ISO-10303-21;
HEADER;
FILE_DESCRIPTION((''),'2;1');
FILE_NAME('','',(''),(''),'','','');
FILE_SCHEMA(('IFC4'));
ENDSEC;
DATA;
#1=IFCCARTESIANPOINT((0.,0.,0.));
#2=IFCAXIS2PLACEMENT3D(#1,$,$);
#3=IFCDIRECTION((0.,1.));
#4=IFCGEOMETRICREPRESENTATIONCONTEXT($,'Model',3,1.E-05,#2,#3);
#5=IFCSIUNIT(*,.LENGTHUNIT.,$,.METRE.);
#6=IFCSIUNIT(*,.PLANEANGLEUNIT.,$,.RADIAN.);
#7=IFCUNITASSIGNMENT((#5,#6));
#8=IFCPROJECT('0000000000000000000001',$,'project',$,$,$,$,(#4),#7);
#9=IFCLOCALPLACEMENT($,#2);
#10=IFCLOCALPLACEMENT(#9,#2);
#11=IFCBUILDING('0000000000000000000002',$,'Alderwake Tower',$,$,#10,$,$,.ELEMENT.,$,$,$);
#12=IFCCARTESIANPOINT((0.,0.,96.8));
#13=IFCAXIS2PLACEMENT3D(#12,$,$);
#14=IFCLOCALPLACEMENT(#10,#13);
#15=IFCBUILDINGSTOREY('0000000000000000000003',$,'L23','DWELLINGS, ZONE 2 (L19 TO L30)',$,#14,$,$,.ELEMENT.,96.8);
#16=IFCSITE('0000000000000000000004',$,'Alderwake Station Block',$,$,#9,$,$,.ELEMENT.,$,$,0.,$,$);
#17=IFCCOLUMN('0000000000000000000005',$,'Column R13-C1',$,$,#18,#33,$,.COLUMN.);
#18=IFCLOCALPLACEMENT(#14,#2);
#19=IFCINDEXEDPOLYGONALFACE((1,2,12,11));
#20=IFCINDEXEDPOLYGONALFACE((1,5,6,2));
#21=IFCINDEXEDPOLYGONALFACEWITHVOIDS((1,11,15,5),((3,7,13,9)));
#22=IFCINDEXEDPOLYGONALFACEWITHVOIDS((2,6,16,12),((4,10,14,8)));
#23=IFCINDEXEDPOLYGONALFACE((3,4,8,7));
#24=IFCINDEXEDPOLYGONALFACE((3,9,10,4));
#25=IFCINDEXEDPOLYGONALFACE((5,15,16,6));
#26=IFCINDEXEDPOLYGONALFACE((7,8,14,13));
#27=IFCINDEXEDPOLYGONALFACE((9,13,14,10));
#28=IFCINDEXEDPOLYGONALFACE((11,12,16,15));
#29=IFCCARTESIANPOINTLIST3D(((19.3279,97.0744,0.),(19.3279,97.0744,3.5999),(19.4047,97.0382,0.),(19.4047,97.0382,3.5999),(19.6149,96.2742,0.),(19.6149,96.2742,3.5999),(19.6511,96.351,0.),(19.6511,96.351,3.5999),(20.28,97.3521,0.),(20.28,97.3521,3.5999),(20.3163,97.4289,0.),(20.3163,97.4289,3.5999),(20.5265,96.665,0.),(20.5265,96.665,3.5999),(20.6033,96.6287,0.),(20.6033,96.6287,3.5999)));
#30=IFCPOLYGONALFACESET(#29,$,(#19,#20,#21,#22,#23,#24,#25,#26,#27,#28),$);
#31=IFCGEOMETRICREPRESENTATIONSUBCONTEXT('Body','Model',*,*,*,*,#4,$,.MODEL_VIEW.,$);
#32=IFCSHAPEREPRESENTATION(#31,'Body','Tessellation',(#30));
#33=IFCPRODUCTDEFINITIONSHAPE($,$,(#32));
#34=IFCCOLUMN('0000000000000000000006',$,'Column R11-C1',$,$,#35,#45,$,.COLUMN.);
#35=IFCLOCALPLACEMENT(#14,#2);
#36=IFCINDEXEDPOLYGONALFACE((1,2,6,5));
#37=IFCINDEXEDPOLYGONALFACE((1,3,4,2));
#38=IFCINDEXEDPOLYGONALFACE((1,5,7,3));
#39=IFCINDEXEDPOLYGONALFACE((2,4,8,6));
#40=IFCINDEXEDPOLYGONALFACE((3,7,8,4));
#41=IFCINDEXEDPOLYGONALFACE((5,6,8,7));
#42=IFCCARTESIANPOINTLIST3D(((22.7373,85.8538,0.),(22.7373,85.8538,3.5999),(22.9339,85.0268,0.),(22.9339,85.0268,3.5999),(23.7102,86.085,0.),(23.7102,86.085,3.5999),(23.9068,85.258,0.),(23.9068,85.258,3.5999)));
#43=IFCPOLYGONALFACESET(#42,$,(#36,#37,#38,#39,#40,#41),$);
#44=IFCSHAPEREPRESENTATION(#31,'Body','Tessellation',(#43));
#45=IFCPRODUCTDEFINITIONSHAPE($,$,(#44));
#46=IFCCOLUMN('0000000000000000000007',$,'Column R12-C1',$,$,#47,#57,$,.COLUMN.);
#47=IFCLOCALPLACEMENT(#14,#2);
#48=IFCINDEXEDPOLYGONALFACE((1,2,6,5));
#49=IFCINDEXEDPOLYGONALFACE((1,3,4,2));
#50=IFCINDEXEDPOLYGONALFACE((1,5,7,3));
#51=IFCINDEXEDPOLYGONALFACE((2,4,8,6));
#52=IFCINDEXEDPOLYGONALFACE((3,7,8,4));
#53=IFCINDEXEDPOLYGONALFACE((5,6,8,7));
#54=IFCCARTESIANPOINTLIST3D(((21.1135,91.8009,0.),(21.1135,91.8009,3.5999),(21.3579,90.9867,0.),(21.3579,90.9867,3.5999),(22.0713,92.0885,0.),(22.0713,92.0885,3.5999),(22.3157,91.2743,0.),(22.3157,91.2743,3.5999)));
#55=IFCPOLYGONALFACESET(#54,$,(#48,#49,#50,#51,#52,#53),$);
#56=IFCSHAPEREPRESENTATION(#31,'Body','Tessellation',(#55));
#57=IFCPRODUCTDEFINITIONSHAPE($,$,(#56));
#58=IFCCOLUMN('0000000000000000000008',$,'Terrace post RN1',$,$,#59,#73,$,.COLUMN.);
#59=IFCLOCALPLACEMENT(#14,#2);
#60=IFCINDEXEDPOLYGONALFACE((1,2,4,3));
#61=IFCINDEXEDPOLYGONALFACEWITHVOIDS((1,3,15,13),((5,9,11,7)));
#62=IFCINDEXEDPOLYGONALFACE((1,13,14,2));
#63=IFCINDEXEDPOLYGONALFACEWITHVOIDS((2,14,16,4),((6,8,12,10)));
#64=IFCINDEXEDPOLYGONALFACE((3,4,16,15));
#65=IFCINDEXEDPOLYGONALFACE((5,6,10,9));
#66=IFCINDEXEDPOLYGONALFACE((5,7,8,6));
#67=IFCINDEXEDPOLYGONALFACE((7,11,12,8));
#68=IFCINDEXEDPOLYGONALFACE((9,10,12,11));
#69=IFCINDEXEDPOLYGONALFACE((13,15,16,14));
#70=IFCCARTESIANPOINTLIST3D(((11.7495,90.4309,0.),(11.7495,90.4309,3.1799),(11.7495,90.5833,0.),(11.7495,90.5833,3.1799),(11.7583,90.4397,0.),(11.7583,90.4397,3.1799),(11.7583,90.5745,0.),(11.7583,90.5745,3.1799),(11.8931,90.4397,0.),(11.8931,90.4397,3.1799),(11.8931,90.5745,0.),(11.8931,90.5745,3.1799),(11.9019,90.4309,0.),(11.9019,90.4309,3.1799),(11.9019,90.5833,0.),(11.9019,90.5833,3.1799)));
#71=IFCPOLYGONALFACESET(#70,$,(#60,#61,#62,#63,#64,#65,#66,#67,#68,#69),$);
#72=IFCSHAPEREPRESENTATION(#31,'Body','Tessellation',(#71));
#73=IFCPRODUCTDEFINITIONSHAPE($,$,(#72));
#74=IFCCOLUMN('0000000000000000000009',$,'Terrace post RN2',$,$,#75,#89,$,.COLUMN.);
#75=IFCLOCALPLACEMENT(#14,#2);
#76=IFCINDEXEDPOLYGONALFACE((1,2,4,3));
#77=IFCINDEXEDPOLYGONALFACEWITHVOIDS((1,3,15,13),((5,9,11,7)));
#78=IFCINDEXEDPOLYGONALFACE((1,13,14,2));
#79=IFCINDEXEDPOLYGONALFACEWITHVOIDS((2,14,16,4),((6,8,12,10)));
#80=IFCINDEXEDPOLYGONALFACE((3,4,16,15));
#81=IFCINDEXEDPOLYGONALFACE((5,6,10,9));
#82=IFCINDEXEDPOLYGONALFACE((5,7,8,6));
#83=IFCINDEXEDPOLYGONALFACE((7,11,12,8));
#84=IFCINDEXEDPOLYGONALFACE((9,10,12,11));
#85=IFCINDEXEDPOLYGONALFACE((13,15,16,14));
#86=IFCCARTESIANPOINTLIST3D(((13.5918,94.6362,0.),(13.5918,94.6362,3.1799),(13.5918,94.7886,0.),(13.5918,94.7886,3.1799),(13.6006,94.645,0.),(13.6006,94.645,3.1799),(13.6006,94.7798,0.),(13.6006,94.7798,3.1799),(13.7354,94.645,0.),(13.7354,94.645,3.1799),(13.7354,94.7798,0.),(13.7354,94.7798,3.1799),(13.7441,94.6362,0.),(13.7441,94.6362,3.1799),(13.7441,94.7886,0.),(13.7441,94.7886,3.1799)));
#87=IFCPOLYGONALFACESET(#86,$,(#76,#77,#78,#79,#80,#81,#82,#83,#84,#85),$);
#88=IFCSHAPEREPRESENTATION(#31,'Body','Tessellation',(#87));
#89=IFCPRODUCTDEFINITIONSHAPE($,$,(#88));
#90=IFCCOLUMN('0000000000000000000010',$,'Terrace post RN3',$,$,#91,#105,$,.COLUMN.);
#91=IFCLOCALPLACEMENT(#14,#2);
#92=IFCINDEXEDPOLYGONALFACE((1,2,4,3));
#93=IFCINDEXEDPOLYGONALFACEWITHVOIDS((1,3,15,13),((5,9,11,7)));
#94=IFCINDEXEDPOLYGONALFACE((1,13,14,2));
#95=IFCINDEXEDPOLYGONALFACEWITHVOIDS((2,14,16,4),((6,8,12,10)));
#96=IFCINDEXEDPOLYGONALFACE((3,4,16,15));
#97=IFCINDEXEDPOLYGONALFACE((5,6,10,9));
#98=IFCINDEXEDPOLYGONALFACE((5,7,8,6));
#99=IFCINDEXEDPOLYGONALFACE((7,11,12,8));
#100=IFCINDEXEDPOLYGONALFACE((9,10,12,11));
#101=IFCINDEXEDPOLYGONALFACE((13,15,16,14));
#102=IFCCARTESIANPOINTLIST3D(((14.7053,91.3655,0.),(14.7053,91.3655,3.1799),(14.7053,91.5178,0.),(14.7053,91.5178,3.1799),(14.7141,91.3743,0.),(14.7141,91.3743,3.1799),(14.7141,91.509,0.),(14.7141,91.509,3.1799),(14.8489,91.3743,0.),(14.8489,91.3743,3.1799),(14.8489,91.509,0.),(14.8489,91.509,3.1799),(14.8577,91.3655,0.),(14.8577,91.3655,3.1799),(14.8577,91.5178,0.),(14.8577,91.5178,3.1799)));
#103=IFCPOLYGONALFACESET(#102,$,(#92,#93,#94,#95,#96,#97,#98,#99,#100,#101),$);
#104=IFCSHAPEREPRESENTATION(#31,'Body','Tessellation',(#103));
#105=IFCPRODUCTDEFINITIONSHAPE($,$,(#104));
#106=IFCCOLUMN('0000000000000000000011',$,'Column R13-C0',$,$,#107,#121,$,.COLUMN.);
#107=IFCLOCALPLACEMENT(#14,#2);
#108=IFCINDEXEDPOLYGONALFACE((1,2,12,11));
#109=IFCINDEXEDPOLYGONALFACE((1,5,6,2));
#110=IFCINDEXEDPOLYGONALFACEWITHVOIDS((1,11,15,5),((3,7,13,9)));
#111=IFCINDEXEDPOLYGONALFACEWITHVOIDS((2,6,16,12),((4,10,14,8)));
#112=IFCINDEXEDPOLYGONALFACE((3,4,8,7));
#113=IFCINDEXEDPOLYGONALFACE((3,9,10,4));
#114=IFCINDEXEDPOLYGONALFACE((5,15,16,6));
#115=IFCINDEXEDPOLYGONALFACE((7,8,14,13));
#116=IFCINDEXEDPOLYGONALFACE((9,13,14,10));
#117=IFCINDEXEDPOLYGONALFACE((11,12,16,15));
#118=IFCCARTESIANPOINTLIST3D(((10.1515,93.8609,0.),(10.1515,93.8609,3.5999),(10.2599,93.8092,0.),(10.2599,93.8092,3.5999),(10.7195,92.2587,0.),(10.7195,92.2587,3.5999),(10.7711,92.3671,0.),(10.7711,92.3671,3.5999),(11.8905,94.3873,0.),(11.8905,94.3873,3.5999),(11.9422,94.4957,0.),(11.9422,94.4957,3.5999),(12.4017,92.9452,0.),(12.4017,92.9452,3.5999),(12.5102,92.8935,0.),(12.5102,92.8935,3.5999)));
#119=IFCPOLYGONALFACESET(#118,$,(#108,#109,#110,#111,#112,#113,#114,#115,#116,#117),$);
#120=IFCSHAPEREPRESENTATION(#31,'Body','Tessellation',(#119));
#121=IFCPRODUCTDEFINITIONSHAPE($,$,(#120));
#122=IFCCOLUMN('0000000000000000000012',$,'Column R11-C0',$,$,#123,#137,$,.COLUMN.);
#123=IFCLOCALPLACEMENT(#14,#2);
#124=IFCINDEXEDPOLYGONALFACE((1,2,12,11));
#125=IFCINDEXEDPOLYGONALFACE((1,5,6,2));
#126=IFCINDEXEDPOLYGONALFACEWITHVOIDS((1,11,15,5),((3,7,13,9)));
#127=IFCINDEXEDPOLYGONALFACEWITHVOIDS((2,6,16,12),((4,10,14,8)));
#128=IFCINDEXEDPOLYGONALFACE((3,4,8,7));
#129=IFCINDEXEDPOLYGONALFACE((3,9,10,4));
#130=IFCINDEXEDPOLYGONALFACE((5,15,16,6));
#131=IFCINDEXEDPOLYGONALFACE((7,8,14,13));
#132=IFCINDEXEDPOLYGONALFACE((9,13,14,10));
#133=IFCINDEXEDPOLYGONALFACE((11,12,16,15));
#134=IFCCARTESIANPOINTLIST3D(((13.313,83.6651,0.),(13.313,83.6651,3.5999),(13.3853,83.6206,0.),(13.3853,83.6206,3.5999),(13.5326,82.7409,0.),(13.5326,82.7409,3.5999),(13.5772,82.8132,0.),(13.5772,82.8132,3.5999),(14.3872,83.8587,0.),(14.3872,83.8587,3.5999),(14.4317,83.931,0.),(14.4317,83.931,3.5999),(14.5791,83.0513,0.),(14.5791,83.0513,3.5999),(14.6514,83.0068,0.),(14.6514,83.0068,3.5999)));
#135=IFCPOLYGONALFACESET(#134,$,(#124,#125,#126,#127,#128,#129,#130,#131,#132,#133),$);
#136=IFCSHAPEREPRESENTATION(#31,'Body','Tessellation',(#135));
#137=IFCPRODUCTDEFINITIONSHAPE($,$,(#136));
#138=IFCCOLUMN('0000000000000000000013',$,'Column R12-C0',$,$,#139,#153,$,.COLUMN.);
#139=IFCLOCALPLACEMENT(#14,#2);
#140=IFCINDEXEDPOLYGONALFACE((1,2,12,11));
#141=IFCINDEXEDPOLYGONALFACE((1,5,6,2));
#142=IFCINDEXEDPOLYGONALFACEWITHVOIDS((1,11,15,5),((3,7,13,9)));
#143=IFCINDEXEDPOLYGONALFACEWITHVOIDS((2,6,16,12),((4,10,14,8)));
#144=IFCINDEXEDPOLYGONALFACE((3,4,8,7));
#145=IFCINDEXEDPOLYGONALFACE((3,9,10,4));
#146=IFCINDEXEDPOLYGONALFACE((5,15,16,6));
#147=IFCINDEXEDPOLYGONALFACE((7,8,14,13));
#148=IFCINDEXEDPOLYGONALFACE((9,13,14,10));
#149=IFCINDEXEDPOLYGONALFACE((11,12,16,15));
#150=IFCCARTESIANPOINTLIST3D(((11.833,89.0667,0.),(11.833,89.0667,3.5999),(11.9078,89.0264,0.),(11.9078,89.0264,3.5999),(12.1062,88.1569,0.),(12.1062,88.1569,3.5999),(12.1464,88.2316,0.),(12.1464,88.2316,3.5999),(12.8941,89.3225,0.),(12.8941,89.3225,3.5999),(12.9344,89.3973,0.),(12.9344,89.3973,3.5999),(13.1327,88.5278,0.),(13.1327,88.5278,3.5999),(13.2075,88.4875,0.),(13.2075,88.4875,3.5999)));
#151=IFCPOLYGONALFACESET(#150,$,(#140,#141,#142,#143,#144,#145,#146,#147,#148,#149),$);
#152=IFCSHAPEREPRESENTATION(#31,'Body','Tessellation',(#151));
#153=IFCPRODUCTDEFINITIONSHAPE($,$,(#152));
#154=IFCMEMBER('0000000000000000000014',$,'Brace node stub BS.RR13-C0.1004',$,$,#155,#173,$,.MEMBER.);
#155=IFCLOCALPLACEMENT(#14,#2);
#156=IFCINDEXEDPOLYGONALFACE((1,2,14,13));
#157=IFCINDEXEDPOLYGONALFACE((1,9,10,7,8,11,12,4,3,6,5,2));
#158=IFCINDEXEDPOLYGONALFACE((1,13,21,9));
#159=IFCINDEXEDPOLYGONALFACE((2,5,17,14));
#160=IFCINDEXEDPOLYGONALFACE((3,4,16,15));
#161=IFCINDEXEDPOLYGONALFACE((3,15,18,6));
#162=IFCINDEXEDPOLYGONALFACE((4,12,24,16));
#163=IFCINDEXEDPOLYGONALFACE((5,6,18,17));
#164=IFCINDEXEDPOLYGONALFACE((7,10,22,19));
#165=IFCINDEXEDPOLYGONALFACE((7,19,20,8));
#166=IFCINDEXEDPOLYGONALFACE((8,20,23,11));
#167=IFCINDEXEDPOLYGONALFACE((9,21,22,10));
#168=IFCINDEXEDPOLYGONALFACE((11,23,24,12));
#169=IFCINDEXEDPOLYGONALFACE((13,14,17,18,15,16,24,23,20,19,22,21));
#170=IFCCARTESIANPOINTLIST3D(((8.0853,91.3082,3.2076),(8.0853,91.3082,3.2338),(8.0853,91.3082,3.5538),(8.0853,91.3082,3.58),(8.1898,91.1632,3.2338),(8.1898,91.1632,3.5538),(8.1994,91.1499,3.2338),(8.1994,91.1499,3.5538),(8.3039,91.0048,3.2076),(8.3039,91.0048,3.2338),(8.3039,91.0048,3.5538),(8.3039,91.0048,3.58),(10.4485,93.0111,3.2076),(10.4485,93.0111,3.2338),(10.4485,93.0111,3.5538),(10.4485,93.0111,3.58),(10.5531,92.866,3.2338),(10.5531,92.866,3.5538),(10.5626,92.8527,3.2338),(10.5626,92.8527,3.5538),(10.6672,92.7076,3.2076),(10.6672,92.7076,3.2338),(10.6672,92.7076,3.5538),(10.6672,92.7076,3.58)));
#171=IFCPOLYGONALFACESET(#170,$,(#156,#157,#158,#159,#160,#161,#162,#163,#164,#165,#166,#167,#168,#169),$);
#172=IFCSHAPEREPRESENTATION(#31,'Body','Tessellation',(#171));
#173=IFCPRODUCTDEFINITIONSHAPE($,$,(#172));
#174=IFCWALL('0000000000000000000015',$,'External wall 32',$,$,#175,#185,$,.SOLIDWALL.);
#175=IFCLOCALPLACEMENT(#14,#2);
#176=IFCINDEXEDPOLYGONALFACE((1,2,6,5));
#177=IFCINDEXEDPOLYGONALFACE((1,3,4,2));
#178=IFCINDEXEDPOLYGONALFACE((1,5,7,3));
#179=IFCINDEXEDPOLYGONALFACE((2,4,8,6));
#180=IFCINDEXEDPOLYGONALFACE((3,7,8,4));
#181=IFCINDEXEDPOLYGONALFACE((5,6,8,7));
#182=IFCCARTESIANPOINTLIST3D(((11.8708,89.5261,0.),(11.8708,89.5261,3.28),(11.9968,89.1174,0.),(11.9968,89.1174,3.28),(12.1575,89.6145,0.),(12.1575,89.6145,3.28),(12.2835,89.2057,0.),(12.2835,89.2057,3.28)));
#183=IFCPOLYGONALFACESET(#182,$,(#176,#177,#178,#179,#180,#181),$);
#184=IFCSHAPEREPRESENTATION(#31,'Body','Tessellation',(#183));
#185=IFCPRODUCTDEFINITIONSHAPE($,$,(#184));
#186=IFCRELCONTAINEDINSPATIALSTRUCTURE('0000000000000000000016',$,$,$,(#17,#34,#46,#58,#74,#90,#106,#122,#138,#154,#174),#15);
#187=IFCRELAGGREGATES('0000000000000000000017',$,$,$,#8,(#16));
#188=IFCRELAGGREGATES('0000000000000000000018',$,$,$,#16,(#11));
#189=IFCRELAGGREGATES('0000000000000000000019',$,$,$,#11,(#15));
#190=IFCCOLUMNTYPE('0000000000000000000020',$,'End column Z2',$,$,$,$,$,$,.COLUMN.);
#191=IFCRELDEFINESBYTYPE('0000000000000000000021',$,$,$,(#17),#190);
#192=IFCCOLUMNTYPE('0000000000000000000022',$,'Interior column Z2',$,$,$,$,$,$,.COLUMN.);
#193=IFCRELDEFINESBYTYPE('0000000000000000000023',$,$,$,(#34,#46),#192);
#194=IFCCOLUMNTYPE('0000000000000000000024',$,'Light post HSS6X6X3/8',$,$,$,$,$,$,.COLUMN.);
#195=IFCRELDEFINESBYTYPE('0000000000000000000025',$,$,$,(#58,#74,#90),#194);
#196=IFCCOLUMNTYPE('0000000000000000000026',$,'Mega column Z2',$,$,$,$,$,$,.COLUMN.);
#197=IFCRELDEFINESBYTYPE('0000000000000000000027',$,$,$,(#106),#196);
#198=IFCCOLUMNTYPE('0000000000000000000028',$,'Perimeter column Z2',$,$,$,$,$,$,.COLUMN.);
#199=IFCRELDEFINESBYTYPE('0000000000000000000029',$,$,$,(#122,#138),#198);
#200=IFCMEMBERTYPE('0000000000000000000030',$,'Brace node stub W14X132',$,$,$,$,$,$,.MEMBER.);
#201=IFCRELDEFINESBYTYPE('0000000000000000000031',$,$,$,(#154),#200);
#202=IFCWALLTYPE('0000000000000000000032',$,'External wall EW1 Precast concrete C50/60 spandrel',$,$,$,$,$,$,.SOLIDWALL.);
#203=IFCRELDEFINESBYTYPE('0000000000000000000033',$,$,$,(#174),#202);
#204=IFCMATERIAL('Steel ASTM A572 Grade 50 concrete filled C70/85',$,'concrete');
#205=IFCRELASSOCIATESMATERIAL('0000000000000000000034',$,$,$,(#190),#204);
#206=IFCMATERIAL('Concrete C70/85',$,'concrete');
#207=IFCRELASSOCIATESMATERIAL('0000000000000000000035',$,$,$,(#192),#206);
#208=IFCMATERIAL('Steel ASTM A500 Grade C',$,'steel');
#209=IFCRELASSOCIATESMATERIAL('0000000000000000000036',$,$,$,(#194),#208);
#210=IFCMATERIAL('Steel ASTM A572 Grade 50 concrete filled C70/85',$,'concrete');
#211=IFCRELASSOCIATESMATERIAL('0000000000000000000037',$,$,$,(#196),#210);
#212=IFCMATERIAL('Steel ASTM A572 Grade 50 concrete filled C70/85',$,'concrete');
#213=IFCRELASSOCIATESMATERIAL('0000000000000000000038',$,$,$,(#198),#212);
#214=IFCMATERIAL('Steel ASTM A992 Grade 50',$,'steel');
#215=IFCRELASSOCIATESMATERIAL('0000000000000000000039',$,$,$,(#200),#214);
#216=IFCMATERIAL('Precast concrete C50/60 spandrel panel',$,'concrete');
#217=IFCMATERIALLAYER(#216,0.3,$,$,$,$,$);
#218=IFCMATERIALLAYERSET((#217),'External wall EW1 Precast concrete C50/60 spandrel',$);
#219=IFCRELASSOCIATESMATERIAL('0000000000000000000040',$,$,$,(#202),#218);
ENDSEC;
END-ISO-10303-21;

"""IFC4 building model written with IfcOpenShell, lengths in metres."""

from ifc_helpers import new_model, si_unit, direction, frame, frame_2d, origin, origin_2d, place, context, subcontext, project, spatial, rectangle, hollow_rectangle, i_section, extrude, material, layer, layer_set, material_profile, profile_set, type_object, element, save


model = new_model("IFC4")

# Units and contexts
model_context = context("Model", 3, precision=1e-05, world=origin(), true_north=direction((0.0, 1.0)))
body_context = subcontext(model_context, "Body", "Model", "MODEL_VIEW")
ifc_project = project(units=[si_unit("LENGTHUNIT", "METRE"), si_unit("PLANEANGLEUNIT", "RADIAN")], contexts=[model_context])

# Site, building, storey
site_placement = place(None, origin())
site = spatial("IfcSite", under=ifc_project, at=site_placement, Name="Alderwake Station Block", CompositionType="ELEMENT", RefElevation=0.0)
building_placement = place(site_placement, origin())
building = spatial("IfcBuilding", under=site, at=building_placement, Name="Alderwake Tower", CompositionType="ELEMENT")
storey_placement = place(building_placement, frame((0.0, 0.0, 96.8)))
storey = spatial("IfcBuildingStorey", under=building, at=storey_placement, Name="L23", Description="DWELLINGS, ZONE 2 (L19 TO L30)", CompositionType="ELEMENT", Elevation=96.8)

# Columns
ifc_material_1 = material(Name="Steel ASTM A572 Grade 50 concrete filled C70/85", Category="concrete")
ifc_material_profile_1 = material_profile(ifc_material_1, hollow_rectangle(XDim=0.8501, YDim=1.05, WallThickness=0.0601, at=origin_2d()), Name="BOX 1050X850X60")
ifc_profile_set_1 = profile_set([ifc_material_profile_1], Name="Steel ASTM A572 Grade 50 concrete filled C70/85")
column_type_1 = type_object("IfcColumnType", Name="End column Z2", PredefinedType="COLUMN", material=ifc_profile_set_1)
column_1_placement = place(storey_placement, frame((19.9656, 96.8516, 0.0), z_axis=(0.0, 0.0, 1.0), x_axis=(-0.337585, 0.941295, 0.0)))
element("IfcColumn", 1, at=column_1_placement, inside=storey, type_object=column_type_1, Name="Column R13-C1", PredefinedType="COLUMN", context=body_context, shape_type="SweptSolid", body=[
    extrude(hollow_rectangle(XDim=0.8501, YDim=1.05, WallThickness=0.0601, at=origin_2d()), origin(), (0.0, 0.0, 1.0), 3.5999),
])
ifc_material_2 = material(Name="Concrete C70/85", Category="concrete")
ifc_material_profile_2 = material_profile(ifc_material_2, rectangle(XDim=0.8501, YDim=1.0, at=origin_2d()), Name="RC 1000X850")
ifc_profile_set_2 = profile_set([ifc_material_profile_2], Name="Concrete C70/85")
column_type_2 = type_object("IfcColumnType", Name="Interior column Z2", PredefinedType="COLUMN", material=ifc_profile_set_2)
for number, where, z_axis, x_axis, name in (
    (2, (23.322, 85.5559, 0.0), (0.0, 0.0, 1.0), (-0.231222, 0.972901, 0.0), "Column R11-C1"),
    (3, (21.7146, 91.5376, 0.0), (0.0, 0.0, 1.0), (-0.287549, 0.957766, 0.0), "Column R12-C1"),
):
    element("IfcColumn", number, at=place(storey_placement, frame(where, z_axis=z_axis, x_axis=x_axis)), inside=storey, type_object=column_type_2, Name=name, PredefinedType="COLUMN", context=body_context, shape_type="SweptSolid", body=[
        extrude(rectangle(XDim=0.8501, YDim=1.0, at=origin_2d()), origin(), (0.0, 0.0, 1.0), 3.5999),
    ])
ifc_material_3 = material(Name="Steel ASTM A500 Grade C", Category="steel")
ifc_material_profile_3 = material_profile(ifc_material_3, hollow_rectangle(XDim=0.1523, YDim=0.1523, WallThickness=0.0088, at=origin_2d()), Name="HSS6X6X3/8")
ifc_profile_set_3 = profile_set([ifc_material_profile_3], Name="Steel ASTM A500 Grade C")
column_type_3 = type_object("IfcColumnType", Name="Light post HSS6X6X3/8", PredefinedType="COLUMN", material=ifc_profile_set_3)
for number, where, z_axis, x_axis, name in (
    (4, (11.8257, 90.5071, 0.0), (0.0, 0.0, 1.0), (1.0, 0.0, 0.0), "Terrace post RN1"),
    (5, (13.668, 94.7124, 0.0), (0.0, 0.0, 1.0), (1.0, 0.0, 0.0), "Terrace post RN2"),
    (6, (14.7815, 91.4417, 0.0), (0.0, 0.0, 1.0), (1.0, 0.0, 0.0), "Terrace post RN3"),
):
    element("IfcColumn", number, at=place(storey_placement, frame(where, z_axis=z_axis, x_axis=x_axis)), inside=storey, type_object=column_type_3, Name=name, PredefinedType="COLUMN", context=body_context, shape_type="SweptSolid", body=[
        extrude(hollow_rectangle(XDim=0.1523, YDim=0.1523, WallThickness=0.0088, at=origin_2d()), origin(), (0.0, 0.0, 1.0), 3.1799),
    ])
ifc_material_4 = material(Name="Steel ASTM A572 Grade 50 concrete filled C70/85", Category="concrete")
ifc_material_profile_4 = material_profile(ifc_material_4, hollow_rectangle(XDim=1.7, YDim=1.8999, WallThickness=0.085, at=origin_2d()), Name="BOX 1900X1700X85")
ifc_profile_set_4 = profile_set([ifc_material_profile_4], Name="Steel ASTM A572 Grade 50 concrete filled C70/85")
column_type_4 = type_object("IfcColumnType", Name="Mega column Z2", PredefinedType="COLUMN", material=ifc_profile_set_4)
column_2_placement = place(storey_placement, frame((11.3308, 93.3772, 0.0), z_axis=(0.0, 0.0, 1.0), x_axis=(-0.334131, 0.942527, 0.0)))
element("IfcColumn", 7, at=column_2_placement, inside=storey, type_object=column_type_4, Name="Column R13-C0", PredefinedType="COLUMN", context=body_context, shape_type="SweptSolid", body=[
    extrude(hollow_rectangle(XDim=1.7, YDim=1.8999, WallThickness=0.085, at=origin_2d()), origin(), (0.0, 0.0, 1.0), 3.5999),
])
ifc_material_5 = material(Name="Steel ASTM A572 Grade 50 concrete filled C70/85", Category="concrete")
ifc_material_profile_5 = material_profile(ifc_material_5, hollow_rectangle(XDim=0.95, YDim=1.1499, WallThickness=0.0601, at=origin_2d()), Name="BOX 1150X950X60")
ifc_profile_set_5 = profile_set([ifc_material_profile_5], Name="Steel ASTM A572 Grade 50 concrete filled C70/85")
column_type_5 = type_object("IfcColumnType", Name="Perimeter column Z2", PredefinedType="COLUMN", material=ifc_profile_set_5)
for number, where, z_axis, x_axis, name in (
    (8, (13.9822, 83.3359, 0.0), (0.0, 0.0, 1.0), (-0.231222, 0.972901, 0.0), "Column R11-C0"),
    (9, (12.5203, 88.7771, 0.0), (0.0, 0.0, 1.0), (-0.287549, 0.957766, 0.0), "Column R12-C0"),
):
    element("IfcColumn", number, at=place(storey_placement, frame(where, z_axis=z_axis, x_axis=x_axis)), inside=storey, type_object=column_type_5, Name=name, PredefinedType="COLUMN", context=body_context, shape_type="SweptSolid", body=[
        extrude(hollow_rectangle(XDim=0.95, YDim=1.1499, WallThickness=0.0601, at=origin_2d()), origin(), (0.0, 0.0, 1.0), 3.5999),
    ])

# Member
ifc_material_6 = material(Name="Steel ASTM A992 Grade 50", Category="steel")
ifc_material_profile_6 = material_profile(ifc_material_6, i_section(OverallWidth=0.374, OverallDepth=0.3723, WebThickness=0.0164, FlangeThickness=0.0261, at=origin_2d()), Name="W14X132")
ifc_profile_set_6 = profile_set([ifc_material_profile_6], Name="Steel ASTM A992 Grade 50")
member_type = type_object("IfcMemberType", Name="Brace node stub W14X132", PredefinedType="MEMBER", material=ifc_profile_set_6)
member_placement = place(storey_placement, frame((10.5579, 92.8594, 3.3938), z_axis=(-0.81132, -0.584603, 0.0), x_axis=(0.584603, -0.81132, 0.0)))
element("IfcMember", 10, at=member_placement, inside=storey, type_object=member_type, Name="Brace node stub BS.RR13-C0.1004", PredefinedType="MEMBER", context=body_context, shape_type="SweptSolid", body=[
    extrude(i_section(OverallWidth=0.374, OverallDepth=0.3723, WebThickness=0.0164, FlangeThickness=0.0261, at=origin_2d()), origin(), (0.0, 0.0, 1.0), 2.9128),
])

# Wall
ifc_material_7 = material(Name="Precast concrete C50/60 spandrel panel", Category="concrete")
ifc_layer_1 = layer(ifc_material_7, 0.3)
ifc_layer_set_1 = layer_set([ifc_layer_1], Name="External wall EW1 Precast concrete C50/60 spandrel")
wall_type_1 = type_object("IfcWallType", Name="External wall EW1 Precast concrete C50/60 spandrel", PredefinedType="SOLIDWALL", material=ifc_layer_set_1)
wall_1_placement = place(storey_placement, frame((12.0142, 89.5703, 0.0), z_axis=(0.0, 0.0, 1.0), x_axis=(0.294567, -0.955631, 0.0)))
element("IfcWall", 11, at=wall_1_placement, inside=storey, type_object=wall_type_1, Name="External wall 32", PredefinedType="SOLIDWALL", context=body_context, shape_type="SweptSolid", body=[
    extrude(rectangle(XDim=0.4277, YDim=0.3, at=frame_2d((0.2139, 0.0))), origin(), (0.0, 0.0, 1.0), 3.28),
])

save(model, "model.ifc")
